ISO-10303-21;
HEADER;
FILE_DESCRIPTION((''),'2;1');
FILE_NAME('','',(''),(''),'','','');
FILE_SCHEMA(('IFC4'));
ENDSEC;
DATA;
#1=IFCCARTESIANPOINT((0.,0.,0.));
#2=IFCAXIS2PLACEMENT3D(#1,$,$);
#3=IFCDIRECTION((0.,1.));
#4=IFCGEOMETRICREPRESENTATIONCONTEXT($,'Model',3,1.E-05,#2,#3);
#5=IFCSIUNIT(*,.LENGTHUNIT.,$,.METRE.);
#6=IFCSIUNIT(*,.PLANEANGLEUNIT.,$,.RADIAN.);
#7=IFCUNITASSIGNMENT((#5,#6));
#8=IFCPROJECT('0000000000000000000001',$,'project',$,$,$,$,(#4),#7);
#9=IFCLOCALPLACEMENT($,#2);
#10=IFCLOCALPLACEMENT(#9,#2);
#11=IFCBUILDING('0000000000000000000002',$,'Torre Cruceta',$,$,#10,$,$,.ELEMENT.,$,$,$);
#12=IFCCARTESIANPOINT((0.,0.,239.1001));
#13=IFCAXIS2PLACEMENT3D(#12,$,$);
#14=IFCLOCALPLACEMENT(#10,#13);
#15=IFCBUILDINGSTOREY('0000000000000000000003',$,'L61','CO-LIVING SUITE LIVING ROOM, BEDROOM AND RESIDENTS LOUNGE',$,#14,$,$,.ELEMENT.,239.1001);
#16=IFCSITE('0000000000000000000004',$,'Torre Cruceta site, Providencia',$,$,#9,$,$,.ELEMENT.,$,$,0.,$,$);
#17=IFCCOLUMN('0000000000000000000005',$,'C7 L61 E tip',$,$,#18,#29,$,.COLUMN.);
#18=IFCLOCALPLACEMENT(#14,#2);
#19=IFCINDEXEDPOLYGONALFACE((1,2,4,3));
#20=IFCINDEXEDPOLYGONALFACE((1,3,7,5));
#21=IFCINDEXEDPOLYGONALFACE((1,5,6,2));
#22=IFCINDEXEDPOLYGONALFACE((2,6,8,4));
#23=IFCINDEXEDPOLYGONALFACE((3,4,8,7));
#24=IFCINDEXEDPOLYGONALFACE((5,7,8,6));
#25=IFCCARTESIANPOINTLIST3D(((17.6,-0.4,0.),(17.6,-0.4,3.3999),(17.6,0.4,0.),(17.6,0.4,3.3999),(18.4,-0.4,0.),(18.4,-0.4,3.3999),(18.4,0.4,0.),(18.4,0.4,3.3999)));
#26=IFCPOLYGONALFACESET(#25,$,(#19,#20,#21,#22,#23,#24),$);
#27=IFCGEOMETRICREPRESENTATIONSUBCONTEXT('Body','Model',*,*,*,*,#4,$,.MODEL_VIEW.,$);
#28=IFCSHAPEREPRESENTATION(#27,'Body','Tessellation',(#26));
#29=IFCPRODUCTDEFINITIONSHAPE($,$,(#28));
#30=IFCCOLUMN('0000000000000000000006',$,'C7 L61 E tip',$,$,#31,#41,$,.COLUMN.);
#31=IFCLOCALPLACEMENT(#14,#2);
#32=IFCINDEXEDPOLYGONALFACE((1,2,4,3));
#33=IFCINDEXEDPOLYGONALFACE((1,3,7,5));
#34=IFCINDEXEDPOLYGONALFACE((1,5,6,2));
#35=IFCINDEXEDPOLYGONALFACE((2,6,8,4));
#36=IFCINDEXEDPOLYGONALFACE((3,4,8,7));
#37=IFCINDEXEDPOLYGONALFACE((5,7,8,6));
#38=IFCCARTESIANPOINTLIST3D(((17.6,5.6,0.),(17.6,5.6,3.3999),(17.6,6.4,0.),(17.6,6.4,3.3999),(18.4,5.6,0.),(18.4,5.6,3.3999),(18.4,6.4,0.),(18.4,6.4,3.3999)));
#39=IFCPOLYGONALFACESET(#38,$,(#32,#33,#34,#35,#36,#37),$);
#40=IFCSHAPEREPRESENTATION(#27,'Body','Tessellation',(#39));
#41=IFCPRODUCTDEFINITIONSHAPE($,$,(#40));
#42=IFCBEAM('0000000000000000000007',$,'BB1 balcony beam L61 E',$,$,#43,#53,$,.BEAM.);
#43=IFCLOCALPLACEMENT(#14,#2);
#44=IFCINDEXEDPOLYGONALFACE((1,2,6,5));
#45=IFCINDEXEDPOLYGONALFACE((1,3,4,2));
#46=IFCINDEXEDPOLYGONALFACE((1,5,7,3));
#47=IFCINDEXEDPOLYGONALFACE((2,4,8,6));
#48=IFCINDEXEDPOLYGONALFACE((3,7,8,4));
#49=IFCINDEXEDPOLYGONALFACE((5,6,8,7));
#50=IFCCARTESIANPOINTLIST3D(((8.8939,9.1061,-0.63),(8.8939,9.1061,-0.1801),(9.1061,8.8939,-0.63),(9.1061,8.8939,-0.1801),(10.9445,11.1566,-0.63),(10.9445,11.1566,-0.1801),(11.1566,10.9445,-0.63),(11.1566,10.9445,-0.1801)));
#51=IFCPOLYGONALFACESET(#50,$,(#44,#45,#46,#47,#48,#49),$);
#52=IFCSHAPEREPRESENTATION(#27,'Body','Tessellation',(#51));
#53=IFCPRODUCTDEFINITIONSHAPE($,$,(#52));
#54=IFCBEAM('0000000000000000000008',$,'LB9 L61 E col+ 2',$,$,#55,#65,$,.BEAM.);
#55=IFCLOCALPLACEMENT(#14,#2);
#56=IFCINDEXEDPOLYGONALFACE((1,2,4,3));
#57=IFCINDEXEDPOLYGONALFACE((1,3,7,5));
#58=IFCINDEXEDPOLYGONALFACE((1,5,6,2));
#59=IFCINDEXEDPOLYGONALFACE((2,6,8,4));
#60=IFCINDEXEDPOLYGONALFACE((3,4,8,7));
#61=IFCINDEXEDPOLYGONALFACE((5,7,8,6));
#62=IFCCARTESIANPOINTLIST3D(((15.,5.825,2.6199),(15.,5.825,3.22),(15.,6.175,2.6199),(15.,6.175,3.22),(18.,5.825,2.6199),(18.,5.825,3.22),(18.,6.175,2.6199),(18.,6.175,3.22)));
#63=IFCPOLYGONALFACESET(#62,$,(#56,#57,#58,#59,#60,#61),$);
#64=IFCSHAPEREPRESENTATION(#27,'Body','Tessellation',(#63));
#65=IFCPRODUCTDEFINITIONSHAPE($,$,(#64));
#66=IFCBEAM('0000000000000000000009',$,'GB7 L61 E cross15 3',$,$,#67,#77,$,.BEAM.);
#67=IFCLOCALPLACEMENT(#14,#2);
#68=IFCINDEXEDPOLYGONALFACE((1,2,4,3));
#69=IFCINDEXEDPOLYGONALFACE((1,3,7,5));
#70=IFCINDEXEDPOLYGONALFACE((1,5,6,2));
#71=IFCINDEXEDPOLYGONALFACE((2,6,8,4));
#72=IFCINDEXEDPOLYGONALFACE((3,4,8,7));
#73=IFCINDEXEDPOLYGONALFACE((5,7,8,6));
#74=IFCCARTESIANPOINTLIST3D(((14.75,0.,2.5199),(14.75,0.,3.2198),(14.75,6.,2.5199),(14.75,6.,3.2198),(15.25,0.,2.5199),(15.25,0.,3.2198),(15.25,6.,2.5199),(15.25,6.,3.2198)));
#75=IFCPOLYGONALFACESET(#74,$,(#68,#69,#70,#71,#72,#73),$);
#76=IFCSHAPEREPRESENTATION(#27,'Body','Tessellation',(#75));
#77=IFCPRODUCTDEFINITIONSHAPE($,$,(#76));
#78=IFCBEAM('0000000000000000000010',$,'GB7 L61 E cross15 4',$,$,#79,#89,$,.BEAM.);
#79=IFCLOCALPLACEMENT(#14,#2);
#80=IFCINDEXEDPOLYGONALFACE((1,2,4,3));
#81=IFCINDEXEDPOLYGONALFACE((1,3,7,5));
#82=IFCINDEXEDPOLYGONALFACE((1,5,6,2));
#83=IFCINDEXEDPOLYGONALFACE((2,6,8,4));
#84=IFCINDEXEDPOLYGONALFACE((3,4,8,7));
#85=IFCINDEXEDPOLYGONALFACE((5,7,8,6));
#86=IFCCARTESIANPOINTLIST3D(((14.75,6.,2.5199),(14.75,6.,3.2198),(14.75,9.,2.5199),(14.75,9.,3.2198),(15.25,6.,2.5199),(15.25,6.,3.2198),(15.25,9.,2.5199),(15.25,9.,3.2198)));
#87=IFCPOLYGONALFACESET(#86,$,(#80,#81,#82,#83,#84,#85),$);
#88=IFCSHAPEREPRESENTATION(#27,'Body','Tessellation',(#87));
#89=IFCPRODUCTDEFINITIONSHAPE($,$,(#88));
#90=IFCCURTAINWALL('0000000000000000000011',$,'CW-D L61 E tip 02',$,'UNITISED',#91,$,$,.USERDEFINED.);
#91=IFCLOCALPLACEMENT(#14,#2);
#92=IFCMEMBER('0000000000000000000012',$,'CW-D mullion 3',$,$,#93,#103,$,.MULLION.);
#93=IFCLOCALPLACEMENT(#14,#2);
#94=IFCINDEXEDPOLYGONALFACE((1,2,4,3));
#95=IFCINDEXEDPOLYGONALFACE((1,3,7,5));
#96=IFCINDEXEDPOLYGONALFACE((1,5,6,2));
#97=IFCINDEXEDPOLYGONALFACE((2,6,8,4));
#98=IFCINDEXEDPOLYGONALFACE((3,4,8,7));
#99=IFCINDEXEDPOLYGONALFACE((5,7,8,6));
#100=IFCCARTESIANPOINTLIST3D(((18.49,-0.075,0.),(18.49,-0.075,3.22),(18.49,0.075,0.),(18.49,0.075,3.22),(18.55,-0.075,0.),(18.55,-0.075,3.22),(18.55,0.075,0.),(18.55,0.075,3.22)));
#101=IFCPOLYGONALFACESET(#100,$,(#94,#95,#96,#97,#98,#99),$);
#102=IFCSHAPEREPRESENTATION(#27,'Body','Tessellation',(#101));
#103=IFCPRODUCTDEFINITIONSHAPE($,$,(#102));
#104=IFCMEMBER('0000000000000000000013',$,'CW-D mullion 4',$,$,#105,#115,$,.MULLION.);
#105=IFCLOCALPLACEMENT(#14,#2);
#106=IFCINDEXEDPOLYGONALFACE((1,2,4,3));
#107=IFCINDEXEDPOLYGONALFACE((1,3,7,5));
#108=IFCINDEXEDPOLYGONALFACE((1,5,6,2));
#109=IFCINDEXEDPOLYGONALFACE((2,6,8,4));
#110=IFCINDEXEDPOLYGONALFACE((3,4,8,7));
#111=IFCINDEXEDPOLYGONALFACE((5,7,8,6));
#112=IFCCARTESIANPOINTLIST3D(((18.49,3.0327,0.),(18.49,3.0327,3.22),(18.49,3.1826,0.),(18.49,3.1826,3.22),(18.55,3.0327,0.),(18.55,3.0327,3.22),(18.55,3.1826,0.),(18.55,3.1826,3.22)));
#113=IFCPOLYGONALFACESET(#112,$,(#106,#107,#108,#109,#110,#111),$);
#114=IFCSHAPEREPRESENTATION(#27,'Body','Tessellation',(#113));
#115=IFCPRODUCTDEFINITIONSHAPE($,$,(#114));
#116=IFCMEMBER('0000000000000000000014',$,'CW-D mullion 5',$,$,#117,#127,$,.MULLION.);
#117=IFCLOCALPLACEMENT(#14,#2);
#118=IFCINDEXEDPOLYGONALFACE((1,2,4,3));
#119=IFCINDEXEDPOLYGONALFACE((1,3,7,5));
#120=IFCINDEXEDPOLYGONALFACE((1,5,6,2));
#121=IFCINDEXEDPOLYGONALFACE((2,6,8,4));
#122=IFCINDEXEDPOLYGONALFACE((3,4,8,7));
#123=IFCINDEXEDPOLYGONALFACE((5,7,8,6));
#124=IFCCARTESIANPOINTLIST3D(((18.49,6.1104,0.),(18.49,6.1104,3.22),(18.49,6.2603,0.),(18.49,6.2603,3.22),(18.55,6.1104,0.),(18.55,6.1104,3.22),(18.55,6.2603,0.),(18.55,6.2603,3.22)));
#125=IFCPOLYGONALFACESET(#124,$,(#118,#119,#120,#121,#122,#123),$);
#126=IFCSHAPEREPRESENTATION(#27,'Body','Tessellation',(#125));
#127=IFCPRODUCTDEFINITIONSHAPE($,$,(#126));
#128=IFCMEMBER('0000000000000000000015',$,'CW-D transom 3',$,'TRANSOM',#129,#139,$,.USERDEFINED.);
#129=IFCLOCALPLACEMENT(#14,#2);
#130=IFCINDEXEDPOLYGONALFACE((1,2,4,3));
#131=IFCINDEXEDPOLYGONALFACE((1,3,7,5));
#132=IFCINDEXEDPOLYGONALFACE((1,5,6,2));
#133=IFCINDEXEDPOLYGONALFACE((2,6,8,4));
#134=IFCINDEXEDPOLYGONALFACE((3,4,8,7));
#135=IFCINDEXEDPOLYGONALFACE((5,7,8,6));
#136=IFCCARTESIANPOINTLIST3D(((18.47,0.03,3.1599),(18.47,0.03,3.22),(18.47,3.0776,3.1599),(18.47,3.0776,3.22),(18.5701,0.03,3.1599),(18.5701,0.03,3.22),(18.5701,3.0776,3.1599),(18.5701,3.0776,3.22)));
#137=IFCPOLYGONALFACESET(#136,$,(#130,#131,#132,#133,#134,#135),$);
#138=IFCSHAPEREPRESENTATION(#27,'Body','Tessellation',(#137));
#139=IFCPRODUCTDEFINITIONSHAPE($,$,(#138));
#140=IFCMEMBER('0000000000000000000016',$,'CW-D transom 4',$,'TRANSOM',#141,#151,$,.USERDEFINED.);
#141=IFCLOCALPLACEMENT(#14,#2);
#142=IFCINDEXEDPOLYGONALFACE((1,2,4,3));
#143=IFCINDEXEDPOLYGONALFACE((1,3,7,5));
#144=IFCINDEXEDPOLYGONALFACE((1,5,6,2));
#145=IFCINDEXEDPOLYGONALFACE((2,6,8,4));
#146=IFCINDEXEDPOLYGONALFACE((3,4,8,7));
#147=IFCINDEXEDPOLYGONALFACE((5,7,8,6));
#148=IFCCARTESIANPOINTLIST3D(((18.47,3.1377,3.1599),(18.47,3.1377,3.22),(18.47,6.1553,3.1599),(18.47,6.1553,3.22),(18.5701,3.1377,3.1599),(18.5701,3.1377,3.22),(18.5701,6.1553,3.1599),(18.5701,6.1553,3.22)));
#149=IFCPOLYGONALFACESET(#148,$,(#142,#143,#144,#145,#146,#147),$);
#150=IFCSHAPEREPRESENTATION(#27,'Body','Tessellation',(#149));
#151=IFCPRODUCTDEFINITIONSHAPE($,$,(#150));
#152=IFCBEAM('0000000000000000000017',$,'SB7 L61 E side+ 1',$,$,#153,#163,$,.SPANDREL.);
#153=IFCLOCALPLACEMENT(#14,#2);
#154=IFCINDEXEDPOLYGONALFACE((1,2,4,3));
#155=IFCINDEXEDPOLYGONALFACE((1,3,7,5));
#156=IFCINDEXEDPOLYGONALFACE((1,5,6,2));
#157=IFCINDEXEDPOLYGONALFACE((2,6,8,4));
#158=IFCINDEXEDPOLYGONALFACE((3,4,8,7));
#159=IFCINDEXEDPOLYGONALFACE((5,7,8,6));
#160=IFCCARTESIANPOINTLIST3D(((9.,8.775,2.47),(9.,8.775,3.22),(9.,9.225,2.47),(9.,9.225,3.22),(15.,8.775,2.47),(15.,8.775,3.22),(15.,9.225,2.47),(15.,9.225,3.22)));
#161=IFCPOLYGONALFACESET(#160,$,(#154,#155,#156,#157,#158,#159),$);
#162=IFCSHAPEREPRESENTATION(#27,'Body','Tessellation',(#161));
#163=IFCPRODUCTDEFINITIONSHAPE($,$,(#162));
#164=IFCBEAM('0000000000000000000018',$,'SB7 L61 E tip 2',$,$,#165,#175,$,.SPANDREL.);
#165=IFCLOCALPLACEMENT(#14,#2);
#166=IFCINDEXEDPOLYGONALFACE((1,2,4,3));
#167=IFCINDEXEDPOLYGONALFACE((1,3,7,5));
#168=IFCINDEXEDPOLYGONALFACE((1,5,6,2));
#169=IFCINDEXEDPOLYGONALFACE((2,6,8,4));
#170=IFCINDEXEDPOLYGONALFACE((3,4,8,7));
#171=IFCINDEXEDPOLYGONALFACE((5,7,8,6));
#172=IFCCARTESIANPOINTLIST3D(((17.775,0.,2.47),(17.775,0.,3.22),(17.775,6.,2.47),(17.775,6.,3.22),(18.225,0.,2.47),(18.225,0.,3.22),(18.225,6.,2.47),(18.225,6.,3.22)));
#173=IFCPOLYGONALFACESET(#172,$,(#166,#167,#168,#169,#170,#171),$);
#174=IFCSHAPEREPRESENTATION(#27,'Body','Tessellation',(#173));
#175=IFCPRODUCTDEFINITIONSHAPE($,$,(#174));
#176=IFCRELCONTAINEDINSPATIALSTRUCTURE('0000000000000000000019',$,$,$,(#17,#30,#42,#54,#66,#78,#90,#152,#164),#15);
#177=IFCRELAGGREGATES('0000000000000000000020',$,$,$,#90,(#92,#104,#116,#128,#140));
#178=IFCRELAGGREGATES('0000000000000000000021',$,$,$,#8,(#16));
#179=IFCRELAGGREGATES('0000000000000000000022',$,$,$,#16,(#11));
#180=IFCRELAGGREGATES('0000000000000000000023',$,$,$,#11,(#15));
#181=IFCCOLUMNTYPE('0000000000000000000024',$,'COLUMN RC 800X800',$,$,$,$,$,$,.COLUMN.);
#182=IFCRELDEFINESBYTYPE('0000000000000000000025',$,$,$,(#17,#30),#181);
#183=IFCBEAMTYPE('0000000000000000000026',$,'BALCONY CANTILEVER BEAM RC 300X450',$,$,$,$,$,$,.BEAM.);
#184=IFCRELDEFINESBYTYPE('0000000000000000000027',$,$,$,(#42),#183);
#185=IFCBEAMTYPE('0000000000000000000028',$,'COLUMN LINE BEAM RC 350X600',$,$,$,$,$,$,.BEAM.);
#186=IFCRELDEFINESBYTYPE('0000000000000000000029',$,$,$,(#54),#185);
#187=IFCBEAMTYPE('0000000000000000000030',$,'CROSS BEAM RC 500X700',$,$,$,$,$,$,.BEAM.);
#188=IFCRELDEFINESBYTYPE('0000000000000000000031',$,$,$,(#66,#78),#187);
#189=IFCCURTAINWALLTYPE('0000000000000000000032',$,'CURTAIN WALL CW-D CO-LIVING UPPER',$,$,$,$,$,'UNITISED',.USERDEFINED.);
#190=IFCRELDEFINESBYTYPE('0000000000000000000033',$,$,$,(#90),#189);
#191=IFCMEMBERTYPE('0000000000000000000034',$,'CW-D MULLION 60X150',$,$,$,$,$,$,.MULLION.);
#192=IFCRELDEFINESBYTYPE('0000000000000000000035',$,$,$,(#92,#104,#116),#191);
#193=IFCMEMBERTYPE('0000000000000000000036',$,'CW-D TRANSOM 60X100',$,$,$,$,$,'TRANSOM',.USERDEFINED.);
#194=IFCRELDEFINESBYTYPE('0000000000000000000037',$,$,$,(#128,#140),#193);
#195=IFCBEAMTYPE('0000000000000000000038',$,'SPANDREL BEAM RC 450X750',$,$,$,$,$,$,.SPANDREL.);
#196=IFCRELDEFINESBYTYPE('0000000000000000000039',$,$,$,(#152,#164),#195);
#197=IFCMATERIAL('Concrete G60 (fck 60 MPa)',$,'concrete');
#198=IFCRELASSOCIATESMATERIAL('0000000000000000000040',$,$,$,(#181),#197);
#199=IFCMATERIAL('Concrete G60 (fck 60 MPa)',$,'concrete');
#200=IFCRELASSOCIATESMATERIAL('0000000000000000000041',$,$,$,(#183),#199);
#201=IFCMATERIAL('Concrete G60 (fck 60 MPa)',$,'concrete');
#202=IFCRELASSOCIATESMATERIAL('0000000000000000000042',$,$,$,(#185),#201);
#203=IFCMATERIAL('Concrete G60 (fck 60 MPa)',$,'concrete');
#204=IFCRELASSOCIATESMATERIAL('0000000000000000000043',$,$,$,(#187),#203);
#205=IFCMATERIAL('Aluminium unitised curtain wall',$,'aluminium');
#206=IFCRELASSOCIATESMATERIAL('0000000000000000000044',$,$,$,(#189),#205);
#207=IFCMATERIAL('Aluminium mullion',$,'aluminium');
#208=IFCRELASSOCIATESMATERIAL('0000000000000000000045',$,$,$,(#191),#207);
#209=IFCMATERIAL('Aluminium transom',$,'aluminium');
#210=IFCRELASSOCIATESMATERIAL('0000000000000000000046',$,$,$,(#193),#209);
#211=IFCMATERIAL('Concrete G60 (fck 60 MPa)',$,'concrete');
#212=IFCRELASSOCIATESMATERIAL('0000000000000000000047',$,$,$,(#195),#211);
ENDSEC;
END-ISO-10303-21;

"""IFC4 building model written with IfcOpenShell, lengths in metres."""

from ifc_helpers import new_model, si_unit, direction, frame, origin, origin_2d, place, context, subcontext, project, spatial, rectangle, extrude, material, material_profile, profile_set, type_object, element, aggregate, save


model = new_model("IFC4")

# Units and contexts
model_context = context("Model", 3, precision=1e-05, world=origin(), true_north=direction((0.0, 1.0)))
body_context = subcontext(model_context, "Body", "Model", "MODEL_VIEW")
ifc_project = project(units=[si_unit("LENGTHUNIT", "METRE"), si_unit("PLANEANGLEUNIT", "RADIAN")], contexts=[model_context])

# Site, building, storey
site_placement = place(None, origin())
site = spatial("IfcSite", under=ifc_project, at=site_placement, Name="Torre Cruceta site, Providencia", CompositionType="ELEMENT", RefElevation=0.0)
building_placement = place(site_placement, origin())
building = spatial("IfcBuilding", under=site, at=building_placement, Name="Torre Cruceta", CompositionType="ELEMENT")
storey_placement = place(building_placement, frame((0.0, 0.0, 239.1001)))
storey = spatial("IfcBuildingStorey", under=building, at=storey_placement, Name="L61", Description="CO-LIVING SUITE LIVING ROOM, BEDROOM AND RESIDENTS LOUNGE", CompositionType="ELEMENT", Elevation=239.1001)

# Columns
ifc_material_1 = material(Name="Concrete G60 (fck 60 MPa)", Category="concrete")
ifc_material_profile_1 = material_profile(ifc_material_1, rectangle(XDim=0.8, YDim=0.8, at=origin_2d()), Name="RC 800X800")
ifc_profile_set_1 = profile_set([ifc_material_profile_1], Name="Concrete G60 (fck 60 MPa)")
column_type = type_object("IfcColumnType", Name="COLUMN RC 800X800", PredefinedType="COLUMN", material=ifc_profile_set_1)
for number, where, z_axis, x_axis, name in (
    (1, (18.0, 0.0, 0.0), (0.0, 0.0, 1.0), (1.0, 0.0, 0.0), "C7 L61 E tip"),
    (2, (18.0, 6.0, 0.0), (0.0, 0.0, 1.0), (1.0, 0.0, 0.0), "C7 L61 E tip"),
):
    element("IfcColumn", number, at=place(storey_placement, frame(where, z_axis=z_axis, x_axis=x_axis)), inside=storey, type_object=column_type, Name=name, PredefinedType="COLUMN", context=body_context, shape_type="SweptSolid", body=[
        extrude(rectangle(XDim=0.8, YDim=0.8, at=origin_2d()), origin(), (0.0, 0.0, 1.0), 3.3999),
    ])

# Beams
ifc_material_2 = material(Name="Concrete G60 (fck 60 MPa)", Category="concrete")
ifc_material_profile_2 = material_profile(ifc_material_2, rectangle(XDim=0.3, YDim=0.45, at=origin_2d()), Name="RC 300X450")
ifc_profile_set_2 = profile_set([ifc_material_profile_2], Name="Concrete G60 (fck 60 MPa)")
beam_type_1 = type_object("IfcBeamType", Name="BALCONY CANTILEVER BEAM RC 300X450", PredefinedType="BEAM", material=ifc_profile_set_2)
beam_1_placement = place(storey_placement, frame((9.0, 9.0, -0.405), z_axis=(0.707107, 0.707107, 0.0), x_axis=(-0.707107, 0.707107, 0.0)))
element("IfcBeam", 3, at=beam_1_placement, inside=storey, type_object=beam_type_1, Name="BB1 balcony beam L61 E", PredefinedType="BEAM", context=body_context, shape_type="SweptSolid", body=[
    extrude(rectangle(XDim=0.3, YDim=0.45, at=origin_2d()), origin(), (0.0, 0.0, 1.0), 2.8999),
])
ifc_material_3 = material(Name="Concrete G60 (fck 60 MPa)", Category="concrete")
ifc_material_profile_3 = material_profile(ifc_material_3, rectangle(XDim=0.3501, YDim=0.6001, at=origin_2d()), Name="RC 350X600")
ifc_profile_set_3 = profile_set([ifc_material_profile_3], Name="Concrete G60 (fck 60 MPa)")
beam_type_2 = type_object("IfcBeamType", Name="COLUMN LINE BEAM RC 350X600", PredefinedType="BEAM", material=ifc_profile_set_3)
beam_2_placement = place(storey_placement, frame((15.0, 6.0, 2.9199), z_axis=(1.0, 0.0, 0.0), x_axis=(0.0, 1.0, 0.0)))
element("IfcBeam", 4, at=beam_2_placement, inside=storey, type_object=beam_type_2, Name="LB9 L61 E col+ 2", PredefinedType="BEAM", context=body_context, shape_type="SweptSolid", body=[
    extrude(rectangle(XDim=0.3501, YDim=0.6001, at=origin_2d()), origin(), (0.0, 0.0, 1.0), 3.0),
])
ifc_material_4 = material(Name="Concrete G60 (fck 60 MPa)", Category="concrete")
ifc_material_profile_4 = material_profile(ifc_material_4, rectangle(XDim=0.5, YDim=0.7, at=origin_2d()), Name="RC 500X700")
ifc_profile_set_4 = profile_set([ifc_material_profile_4], Name="Concrete G60 (fck 60 MPa)")
beam_type_3 = type_object("IfcBeamType", Name="CROSS BEAM RC 500X700", PredefinedType="BEAM", material=ifc_profile_set_4)
beam_3_placement = place(storey_placement, frame((15.0, 0.0, 2.8699), z_axis=(0.0, 1.0, 0.0), x_axis=(-1.0, 0.0, 0.0)))
element("IfcBeam", 5, at=beam_3_placement, inside=storey, type_object=beam_type_3, Name="GB7 L61 E cross15 3", PredefinedType="BEAM", context=body_context, shape_type="SweptSolid", body=[
    extrude(rectangle(XDim=0.5, YDim=0.7, at=origin_2d()), origin(), (0.0, 0.0, 1.0), 6.0),
])
beam_4_placement = place(storey_placement, frame((15.0, 6.0, 2.8699), z_axis=(0.0, 1.0, 0.0), x_axis=(-1.0, 0.0, 0.0)))
element("IfcBeam", 6, at=beam_4_placement, inside=storey, type_object=beam_type_3, Name="GB7 L61 E cross15 4", PredefinedType="BEAM", context=body_context, shape_type="SweptSolid", body=[
    extrude(rectangle(XDim=0.5, YDim=0.7, at=origin_2d()), origin(), (0.0, 0.0, 1.0), 3.0),
])

# Curtain wall, members
ifc_material_5 = material(Name="Aluminium unitised curtain wall", Category="aluminium")
curtain_wall_type = type_object("IfcCurtainWallType", Name="CURTAIN WALL CW-D CO-LIVING UPPER", ElementType="UNITISED", PredefinedType="USERDEFINED", material=ifc_material_5)
curtain_wall_placement = place(storey_placement, origin())
curtain_wall = element("IfcCurtainWall", 7, at=curtain_wall_placement, inside=storey, type_object=curtain_wall_type, Name="CW-D L61 E tip 02", ObjectType="UNITISED", PredefinedType="USERDEFINED")
ifc_material_6 = material(Name="Aluminium mullion", Category="aluminium")
ifc_material_profile_5 = material_profile(ifc_material_6, rectangle(XDim=0.0601, YDim=0.1499, at=origin_2d()), Name="AL 60X150")
ifc_profile_set_5 = profile_set([ifc_material_profile_5], Name="Aluminium mullion")
member_type_1 = type_object("IfcMemberType", Name="CW-D MULLION 60X150", PredefinedType="MULLION", material=ifc_profile_set_5)
member_1_placement = place(storey_placement, frame((18.52, 0.0, 0.0), z_axis=(0.0, 0.0, 1.0), x_axis=(-1.0, 0.0, 0.0)))
member_1 = element("IfcMember", 8, at=member_1_placement, type_object=member_type_1, Name="CW-D mullion 3", PredefinedType="MULLION", context=body_context, shape_type="SweptSolid", body=[
    extrude(rectangle(XDim=0.0601, YDim=0.1499, at=origin_2d()), origin(), (0.0, 0.0, 1.0), 3.22),
])
member_2_placement = place(storey_placement, frame((18.52, 3.1077, 0.0), z_axis=(0.0, 0.0, 1.0), x_axis=(-1.0, 0.0, 0.0)))
member_2 = element("IfcMember", 9, at=member_2_placement, type_object=member_type_1, Name="CW-D mullion 4", PredefinedType="MULLION", context=body_context, shape_type="SweptSolid", body=[
    extrude(rectangle(XDim=0.0601, YDim=0.1499, at=origin_2d()), origin(), (0.0, 0.0, 1.0), 3.22),
])
member_3_placement = place(storey_placement, frame((18.52, 6.1853, 0.0), z_axis=(0.0, 0.0, 1.0), x_axis=(-1.0, 0.0, 0.0)))
member_3 = element("IfcMember", 10, at=member_3_placement, type_object=member_type_1, Name="CW-D mullion 5", PredefinedType="MULLION", context=body_context, shape_type="SweptSolid", body=[
    extrude(rectangle(XDim=0.0601, YDim=0.1499, at=origin_2d()), origin(), (0.0, 0.0, 1.0), 3.22),
])
ifc_material_7 = material(Name="Aluminium transom", Category="aluminium")
ifc_material_profile_6 = material_profile(ifc_material_7, rectangle(XDim=0.1001, YDim=0.0601, at=origin_2d()), Name="AL 100X60")
ifc_profile_set_6 = profile_set([ifc_material_profile_6], Name="Aluminium transom")
member_type_2 = type_object("IfcMemberType", Name="CW-D TRANSOM 60X100", ElementType="TRANSOM", PredefinedType="USERDEFINED", material=ifc_profile_set_6)
member_4_placement = place(storey_placement, frame((18.52, 0.03, 3.1899), z_axis=(0.0, 1.0, 0.0), x_axis=(-1.0, 0.0, 0.0)))
member_4 = element("IfcMember", 11, at=member_4_placement, type_object=member_type_2, Name="CW-D transom 3", ObjectType="TRANSOM", PredefinedType="USERDEFINED", context=body_context, shape_type="SweptSolid", body=[
    extrude(rectangle(XDim=0.1001, YDim=0.0601, at=origin_2d()), origin(), (0.0, 0.0, 1.0), 3.0476),
])
member_5_placement = place(storey_placement, frame((18.52, 3.1377, 3.1899), z_axis=(0.0, 1.0, 0.0), x_axis=(-1.0, 0.0, 0.0)))
member_5 = element("IfcMember", 12, at=member_5_placement, type_object=member_type_2, Name="CW-D transom 4", ObjectType="TRANSOM", PredefinedType="USERDEFINED", context=body_context, shape_type="SweptSolid", body=[
    extrude(rectangle(XDim=0.1001, YDim=0.0601, at=origin_2d()), origin(), (0.0, 0.0, 1.0), 3.0176),
])

# Beams
ifc_material_8 = material(Name="Concrete G60 (fck 60 MPa)", Category="concrete")
ifc_material_profile_7 = material_profile(ifc_material_8, rectangle(XDim=0.45, YDim=0.75, at=origin_2d()), Name="RC 450X750")
ifc_profile_set_7 = profile_set([ifc_material_profile_7], Name="Concrete G60 (fck 60 MPa)")
beam_type_4 = type_object("IfcBeamType", Name="SPANDREL BEAM RC 450X750", PredefinedType="SPANDREL", material=ifc_profile_set_7)
for number, where, z_axis, x_axis, name in (
    (13, (9.0, 9.0, 2.845), (1.0, 0.0, 0.0), (0.0, 1.0, 0.0), "SB7 L61 E side+ 1"),
    (14, (18.0, 0.0, 2.845), (0.0, 1.0, 0.0), (-1.0, 0.0, 0.0), "SB7 L61 E tip 2"),
):
    element("IfcBeam", number, at=place(storey_placement, frame(where, z_axis=z_axis, x_axis=x_axis)), inside=storey, type_object=beam_type_4, Name=name, PredefinedType="SPANDREL", context=body_context, shape_type="SweptSolid", body=[
        extrude(rectangle(XDim=0.45, YDim=0.75, at=origin_2d()), origin(), (0.0, 0.0, 1.0), 6.0),
    ])

aggregate(curtain_wall, [member_1, member_2, member_3, member_4, member_5])

save(model, "model.ifc")
